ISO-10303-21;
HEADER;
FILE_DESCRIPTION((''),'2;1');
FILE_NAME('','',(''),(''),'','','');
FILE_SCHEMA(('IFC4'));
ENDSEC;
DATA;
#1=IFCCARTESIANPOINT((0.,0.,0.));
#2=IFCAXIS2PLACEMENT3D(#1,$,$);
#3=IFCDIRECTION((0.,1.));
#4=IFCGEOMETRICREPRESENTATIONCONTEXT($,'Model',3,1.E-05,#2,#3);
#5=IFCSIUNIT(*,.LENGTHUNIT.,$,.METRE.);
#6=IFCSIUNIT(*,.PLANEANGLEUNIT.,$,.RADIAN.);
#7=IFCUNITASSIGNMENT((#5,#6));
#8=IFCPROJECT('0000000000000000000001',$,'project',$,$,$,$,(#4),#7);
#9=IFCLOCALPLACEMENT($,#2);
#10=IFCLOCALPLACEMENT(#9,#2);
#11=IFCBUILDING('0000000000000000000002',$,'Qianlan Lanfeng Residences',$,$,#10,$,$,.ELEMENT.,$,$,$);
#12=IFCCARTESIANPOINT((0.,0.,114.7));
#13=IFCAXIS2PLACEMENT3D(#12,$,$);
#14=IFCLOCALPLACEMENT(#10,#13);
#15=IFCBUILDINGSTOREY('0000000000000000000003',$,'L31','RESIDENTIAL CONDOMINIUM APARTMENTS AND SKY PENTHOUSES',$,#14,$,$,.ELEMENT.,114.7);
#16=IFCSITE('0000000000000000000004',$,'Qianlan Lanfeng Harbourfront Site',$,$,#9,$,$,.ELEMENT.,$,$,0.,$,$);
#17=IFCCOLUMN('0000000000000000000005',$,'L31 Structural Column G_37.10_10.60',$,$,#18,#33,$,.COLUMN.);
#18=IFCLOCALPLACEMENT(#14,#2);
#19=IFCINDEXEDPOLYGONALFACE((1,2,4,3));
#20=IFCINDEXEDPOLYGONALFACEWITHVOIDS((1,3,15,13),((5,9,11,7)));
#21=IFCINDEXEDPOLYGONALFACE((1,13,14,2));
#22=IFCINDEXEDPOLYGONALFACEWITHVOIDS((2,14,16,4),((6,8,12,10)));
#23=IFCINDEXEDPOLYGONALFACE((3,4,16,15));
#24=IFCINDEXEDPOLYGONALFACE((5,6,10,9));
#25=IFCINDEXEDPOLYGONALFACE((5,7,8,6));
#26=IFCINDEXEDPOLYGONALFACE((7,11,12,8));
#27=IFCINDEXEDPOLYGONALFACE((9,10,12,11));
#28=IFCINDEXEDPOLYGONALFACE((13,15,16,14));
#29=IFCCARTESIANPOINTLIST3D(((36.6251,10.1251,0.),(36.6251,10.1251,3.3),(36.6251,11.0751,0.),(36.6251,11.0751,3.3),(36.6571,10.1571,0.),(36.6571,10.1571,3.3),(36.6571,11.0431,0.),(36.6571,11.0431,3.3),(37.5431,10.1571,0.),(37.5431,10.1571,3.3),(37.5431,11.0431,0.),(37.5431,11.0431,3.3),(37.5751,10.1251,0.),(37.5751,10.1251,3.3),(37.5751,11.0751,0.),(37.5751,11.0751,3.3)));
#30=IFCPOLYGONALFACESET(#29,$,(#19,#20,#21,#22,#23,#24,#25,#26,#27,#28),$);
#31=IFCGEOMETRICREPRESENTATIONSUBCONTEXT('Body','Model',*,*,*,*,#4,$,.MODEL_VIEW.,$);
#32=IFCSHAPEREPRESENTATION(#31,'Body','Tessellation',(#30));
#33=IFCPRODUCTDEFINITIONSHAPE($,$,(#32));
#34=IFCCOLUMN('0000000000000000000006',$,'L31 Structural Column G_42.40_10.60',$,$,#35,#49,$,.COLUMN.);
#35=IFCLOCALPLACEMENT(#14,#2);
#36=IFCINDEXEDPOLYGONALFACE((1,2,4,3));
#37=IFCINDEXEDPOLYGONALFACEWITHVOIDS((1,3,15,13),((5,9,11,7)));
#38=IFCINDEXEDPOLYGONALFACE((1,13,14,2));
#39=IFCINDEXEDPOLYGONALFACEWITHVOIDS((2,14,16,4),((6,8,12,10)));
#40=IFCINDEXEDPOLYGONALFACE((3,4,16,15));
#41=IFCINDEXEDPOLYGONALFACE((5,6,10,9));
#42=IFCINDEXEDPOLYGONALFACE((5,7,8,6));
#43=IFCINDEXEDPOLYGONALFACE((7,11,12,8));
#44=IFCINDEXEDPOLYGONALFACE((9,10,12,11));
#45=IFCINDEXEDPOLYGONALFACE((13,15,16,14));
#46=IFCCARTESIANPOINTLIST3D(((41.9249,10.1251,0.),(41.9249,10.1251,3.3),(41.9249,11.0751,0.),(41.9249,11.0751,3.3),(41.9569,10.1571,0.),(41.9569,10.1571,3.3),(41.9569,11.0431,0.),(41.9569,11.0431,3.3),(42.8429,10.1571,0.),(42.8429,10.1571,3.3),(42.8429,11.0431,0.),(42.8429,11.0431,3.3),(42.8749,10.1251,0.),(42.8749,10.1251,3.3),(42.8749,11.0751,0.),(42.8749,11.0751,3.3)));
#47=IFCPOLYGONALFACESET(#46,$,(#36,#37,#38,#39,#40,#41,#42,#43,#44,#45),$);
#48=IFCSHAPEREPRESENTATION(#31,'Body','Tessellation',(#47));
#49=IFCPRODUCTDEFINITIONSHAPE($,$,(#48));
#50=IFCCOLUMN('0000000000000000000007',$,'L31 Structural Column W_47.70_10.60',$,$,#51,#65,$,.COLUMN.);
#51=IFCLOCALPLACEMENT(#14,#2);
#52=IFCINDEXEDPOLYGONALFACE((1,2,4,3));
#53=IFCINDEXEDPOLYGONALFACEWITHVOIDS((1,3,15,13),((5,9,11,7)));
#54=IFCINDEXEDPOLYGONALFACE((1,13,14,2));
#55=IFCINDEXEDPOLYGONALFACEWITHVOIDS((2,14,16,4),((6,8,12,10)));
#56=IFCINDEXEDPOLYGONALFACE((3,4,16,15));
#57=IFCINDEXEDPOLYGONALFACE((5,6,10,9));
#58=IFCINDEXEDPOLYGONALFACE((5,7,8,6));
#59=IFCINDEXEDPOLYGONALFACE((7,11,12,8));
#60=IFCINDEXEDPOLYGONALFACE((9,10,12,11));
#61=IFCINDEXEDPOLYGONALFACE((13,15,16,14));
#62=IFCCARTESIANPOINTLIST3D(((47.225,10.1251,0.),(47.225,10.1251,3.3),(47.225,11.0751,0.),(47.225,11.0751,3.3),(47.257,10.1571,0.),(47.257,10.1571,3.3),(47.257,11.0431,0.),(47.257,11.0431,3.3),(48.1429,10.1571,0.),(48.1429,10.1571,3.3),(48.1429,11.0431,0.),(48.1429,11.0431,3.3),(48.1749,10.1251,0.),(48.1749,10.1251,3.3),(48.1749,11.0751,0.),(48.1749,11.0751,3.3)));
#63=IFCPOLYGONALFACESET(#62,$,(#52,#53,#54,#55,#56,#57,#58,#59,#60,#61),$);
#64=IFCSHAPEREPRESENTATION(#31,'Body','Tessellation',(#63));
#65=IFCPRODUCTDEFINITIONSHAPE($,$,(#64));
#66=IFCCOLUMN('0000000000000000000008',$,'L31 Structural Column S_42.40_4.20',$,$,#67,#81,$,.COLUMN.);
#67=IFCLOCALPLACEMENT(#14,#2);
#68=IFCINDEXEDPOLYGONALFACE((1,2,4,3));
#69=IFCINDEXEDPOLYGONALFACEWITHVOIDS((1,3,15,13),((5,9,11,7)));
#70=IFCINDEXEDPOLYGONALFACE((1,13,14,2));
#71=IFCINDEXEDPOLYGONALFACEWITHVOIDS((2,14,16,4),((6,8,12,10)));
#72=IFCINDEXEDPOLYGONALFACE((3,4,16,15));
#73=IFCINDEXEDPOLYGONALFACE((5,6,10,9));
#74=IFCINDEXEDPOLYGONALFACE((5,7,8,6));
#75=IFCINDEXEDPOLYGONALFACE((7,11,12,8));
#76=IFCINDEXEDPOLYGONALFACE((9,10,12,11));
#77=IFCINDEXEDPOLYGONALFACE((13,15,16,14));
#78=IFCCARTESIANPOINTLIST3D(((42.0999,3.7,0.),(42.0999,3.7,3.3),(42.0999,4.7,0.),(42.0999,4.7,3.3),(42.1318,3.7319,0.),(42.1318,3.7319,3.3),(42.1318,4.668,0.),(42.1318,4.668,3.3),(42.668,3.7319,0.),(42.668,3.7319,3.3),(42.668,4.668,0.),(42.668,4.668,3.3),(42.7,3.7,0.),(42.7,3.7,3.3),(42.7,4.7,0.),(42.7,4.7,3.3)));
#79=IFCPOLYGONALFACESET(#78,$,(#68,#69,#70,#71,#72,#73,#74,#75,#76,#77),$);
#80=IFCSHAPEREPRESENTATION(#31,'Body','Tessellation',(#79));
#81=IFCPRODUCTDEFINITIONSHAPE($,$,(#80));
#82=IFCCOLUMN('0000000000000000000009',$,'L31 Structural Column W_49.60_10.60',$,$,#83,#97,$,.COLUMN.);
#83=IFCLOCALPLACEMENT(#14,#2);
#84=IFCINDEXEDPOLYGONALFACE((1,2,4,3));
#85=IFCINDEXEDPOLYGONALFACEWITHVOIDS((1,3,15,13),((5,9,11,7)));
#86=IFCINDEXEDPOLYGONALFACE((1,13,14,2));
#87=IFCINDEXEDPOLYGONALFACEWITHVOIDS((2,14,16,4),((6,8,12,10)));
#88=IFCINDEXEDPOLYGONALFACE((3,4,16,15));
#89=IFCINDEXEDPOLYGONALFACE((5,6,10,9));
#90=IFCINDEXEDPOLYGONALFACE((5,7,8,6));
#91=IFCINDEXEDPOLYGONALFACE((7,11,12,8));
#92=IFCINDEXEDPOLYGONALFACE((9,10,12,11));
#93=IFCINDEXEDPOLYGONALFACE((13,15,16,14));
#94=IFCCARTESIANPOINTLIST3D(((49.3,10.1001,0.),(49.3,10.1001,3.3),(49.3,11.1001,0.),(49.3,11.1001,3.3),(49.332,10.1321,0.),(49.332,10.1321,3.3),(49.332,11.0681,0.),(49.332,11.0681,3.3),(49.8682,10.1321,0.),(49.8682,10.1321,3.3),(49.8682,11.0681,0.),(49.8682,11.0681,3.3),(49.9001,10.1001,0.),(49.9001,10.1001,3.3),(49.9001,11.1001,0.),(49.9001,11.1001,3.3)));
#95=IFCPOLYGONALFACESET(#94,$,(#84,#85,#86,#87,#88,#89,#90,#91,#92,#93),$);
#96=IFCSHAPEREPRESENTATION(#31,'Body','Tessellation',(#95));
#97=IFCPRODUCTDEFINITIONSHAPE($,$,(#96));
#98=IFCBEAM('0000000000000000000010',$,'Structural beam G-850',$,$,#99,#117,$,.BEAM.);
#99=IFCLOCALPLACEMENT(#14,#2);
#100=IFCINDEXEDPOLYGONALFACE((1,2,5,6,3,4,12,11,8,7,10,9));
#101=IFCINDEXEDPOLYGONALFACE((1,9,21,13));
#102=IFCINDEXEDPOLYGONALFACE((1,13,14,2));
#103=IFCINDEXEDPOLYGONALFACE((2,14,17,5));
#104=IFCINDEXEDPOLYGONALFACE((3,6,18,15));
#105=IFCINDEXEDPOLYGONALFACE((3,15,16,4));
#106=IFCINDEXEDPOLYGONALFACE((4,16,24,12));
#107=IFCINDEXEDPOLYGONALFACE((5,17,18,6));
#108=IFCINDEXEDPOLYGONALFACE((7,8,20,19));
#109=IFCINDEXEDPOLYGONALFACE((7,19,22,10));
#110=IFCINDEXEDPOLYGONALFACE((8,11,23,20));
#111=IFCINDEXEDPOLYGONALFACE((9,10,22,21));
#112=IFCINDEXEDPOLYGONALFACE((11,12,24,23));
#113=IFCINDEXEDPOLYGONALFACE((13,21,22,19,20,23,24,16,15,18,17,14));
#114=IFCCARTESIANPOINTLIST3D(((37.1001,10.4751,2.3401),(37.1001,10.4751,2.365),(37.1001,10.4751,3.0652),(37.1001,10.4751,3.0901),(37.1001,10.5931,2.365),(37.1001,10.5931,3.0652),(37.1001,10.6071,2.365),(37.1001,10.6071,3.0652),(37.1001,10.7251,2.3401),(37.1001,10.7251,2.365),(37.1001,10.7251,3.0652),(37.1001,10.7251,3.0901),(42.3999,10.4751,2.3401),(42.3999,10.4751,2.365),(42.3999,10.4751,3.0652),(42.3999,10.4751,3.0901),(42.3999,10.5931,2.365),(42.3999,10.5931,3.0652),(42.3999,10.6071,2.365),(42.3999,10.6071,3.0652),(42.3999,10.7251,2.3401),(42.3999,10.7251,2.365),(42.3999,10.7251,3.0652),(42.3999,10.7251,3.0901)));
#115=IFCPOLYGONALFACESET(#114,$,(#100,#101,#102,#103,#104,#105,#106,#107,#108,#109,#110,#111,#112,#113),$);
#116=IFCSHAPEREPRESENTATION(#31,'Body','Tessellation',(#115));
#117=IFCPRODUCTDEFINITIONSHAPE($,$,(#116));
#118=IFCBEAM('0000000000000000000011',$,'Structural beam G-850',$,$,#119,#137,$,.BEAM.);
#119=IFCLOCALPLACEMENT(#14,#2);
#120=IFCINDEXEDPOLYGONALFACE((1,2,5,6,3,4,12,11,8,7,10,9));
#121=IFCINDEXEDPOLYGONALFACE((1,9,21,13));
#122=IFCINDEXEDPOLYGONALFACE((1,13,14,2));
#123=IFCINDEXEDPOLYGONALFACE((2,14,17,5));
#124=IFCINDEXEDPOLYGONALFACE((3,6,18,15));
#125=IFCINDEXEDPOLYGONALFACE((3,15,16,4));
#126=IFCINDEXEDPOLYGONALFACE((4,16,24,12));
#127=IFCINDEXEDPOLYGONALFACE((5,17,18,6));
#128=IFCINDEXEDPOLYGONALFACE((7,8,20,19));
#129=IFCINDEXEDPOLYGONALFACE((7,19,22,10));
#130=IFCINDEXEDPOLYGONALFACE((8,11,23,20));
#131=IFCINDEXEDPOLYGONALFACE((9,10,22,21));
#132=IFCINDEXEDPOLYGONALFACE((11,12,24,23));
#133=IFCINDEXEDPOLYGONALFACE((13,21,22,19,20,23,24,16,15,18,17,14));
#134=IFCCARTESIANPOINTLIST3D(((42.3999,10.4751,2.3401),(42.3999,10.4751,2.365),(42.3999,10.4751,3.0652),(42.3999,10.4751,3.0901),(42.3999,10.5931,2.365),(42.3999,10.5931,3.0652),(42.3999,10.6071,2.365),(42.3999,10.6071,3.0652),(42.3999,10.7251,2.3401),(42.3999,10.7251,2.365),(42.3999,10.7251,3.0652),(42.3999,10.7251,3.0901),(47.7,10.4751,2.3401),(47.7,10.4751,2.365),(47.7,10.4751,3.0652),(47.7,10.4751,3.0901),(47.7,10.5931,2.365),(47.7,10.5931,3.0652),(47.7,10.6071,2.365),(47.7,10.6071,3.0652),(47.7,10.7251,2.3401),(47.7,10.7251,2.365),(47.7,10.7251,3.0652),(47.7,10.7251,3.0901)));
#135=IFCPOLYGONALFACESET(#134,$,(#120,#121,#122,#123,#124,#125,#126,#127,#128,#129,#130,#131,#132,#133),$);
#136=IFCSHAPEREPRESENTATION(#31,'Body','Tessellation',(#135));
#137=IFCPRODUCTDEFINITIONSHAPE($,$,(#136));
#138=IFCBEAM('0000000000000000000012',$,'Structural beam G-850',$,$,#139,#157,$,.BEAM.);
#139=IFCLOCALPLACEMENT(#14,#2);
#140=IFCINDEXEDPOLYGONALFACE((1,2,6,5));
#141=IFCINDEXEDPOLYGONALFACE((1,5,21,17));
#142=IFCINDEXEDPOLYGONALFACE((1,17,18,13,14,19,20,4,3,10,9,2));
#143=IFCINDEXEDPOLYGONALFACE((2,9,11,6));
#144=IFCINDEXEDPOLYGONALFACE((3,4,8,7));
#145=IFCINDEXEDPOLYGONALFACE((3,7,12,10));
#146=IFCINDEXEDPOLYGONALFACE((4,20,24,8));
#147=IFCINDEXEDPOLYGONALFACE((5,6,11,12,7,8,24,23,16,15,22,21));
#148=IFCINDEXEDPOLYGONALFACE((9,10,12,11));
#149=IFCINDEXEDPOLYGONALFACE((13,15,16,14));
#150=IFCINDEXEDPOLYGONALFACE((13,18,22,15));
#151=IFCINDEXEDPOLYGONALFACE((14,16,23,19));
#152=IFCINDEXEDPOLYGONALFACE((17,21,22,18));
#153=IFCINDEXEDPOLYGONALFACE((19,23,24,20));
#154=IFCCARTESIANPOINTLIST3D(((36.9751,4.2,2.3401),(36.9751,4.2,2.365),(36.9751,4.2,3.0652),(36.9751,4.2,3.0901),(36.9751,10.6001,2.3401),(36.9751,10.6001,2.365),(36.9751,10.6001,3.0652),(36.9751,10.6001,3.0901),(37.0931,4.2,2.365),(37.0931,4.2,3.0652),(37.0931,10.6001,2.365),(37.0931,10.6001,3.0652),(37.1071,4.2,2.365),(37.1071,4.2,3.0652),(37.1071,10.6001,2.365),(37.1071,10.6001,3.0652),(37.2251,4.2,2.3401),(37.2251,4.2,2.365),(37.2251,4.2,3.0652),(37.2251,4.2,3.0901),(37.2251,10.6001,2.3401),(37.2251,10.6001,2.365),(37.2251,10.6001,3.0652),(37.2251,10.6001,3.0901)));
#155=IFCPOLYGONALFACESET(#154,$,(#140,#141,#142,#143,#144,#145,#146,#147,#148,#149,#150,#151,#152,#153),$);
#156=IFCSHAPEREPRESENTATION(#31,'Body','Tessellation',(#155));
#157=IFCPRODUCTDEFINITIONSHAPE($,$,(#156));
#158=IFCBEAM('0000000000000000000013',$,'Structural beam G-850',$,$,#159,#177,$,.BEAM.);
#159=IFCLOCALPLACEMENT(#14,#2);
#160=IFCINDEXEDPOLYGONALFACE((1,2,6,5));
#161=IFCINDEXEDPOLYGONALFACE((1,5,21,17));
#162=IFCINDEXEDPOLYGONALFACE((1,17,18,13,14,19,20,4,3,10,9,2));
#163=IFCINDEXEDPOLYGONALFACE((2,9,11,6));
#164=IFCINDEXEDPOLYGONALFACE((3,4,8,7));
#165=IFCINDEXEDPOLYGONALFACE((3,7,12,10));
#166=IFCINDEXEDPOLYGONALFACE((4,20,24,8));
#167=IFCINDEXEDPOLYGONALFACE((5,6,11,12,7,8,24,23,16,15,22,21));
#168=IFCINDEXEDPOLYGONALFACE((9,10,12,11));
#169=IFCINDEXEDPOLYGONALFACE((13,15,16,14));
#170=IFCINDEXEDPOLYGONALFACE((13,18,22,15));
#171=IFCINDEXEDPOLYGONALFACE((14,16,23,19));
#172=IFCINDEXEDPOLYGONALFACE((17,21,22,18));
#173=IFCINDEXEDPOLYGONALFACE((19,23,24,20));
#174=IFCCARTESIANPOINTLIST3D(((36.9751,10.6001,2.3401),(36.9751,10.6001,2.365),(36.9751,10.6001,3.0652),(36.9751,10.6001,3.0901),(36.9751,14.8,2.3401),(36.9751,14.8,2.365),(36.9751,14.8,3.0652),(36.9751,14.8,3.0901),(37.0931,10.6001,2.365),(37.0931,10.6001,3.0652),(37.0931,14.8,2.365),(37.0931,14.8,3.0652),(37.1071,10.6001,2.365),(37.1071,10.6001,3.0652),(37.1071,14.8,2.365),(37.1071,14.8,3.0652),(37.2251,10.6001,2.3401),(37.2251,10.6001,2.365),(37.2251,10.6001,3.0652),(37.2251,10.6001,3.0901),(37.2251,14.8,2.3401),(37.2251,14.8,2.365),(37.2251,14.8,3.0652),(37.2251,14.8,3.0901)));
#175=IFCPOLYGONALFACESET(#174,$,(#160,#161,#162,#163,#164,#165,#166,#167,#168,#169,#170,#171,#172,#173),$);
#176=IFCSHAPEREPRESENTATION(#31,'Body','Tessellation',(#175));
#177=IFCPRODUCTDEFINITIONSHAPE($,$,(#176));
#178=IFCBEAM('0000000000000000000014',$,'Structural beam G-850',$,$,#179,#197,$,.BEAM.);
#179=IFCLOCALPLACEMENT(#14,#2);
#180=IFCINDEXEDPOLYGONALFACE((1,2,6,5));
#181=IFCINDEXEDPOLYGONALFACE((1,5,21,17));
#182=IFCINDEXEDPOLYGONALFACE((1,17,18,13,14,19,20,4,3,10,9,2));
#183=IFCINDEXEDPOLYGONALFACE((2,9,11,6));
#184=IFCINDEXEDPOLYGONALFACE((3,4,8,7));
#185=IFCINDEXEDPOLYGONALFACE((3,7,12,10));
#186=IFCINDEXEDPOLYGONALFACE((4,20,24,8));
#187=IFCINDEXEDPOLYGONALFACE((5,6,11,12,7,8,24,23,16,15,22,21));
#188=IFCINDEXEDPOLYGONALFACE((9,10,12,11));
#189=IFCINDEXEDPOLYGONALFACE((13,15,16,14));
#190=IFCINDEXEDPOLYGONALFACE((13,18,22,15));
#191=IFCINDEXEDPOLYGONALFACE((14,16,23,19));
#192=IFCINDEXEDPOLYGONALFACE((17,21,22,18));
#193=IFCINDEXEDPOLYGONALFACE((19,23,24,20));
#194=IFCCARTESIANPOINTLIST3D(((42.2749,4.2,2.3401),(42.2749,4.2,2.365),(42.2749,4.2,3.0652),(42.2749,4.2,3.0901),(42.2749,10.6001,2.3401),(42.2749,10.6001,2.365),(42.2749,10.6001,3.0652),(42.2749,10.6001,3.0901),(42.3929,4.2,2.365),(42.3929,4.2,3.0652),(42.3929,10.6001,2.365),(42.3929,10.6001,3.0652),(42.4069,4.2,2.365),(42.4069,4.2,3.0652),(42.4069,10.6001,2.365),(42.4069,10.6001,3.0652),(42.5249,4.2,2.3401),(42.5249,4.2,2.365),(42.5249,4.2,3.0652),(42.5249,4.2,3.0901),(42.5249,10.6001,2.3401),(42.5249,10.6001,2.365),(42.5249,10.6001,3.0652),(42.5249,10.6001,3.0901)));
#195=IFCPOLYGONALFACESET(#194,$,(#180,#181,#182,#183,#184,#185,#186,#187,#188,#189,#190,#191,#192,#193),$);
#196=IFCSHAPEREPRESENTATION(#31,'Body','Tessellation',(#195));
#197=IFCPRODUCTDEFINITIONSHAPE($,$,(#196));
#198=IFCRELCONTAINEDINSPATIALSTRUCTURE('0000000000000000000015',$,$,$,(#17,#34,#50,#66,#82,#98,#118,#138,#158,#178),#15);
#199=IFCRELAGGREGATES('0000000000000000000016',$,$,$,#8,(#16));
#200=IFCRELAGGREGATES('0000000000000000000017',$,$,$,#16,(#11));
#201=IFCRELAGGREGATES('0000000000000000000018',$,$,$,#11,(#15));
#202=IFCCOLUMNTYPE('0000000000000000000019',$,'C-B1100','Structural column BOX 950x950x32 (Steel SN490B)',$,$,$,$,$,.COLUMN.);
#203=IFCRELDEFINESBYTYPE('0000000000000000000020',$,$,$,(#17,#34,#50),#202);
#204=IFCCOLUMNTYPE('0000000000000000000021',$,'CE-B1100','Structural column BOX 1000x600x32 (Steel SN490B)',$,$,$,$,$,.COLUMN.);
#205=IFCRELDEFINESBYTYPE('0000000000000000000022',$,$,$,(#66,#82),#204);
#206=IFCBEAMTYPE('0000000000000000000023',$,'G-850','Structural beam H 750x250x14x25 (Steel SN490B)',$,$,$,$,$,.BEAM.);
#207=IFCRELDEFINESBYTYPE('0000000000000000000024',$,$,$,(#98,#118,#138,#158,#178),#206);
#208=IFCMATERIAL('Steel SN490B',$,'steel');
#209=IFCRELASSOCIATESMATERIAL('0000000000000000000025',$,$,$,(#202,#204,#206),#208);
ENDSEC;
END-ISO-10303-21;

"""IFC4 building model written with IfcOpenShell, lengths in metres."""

from ifc_helpers import new_model, si_unit, direction, frame, origin, origin_2d, place, context, subcontext, project, spatial, hollow_rectangle, i_section, extrude, material, material_profile, profile_set, type_object, element, save


model = new_model("IFC4")

# Units and contexts
model_context = context("Model", 3, precision=1e-05, world=origin(), true_north=direction((0.0, 1.0)))
body_context = subcontext(model_context, "Body", "Model", "MODEL_VIEW")
ifc_project = project(units=[si_unit("LENGTHUNIT", "METRE"), si_unit("PLANEANGLEUNIT", "RADIAN")], contexts=[model_context])

# Site, building, storey
site_placement = place(None, origin())
site = spatial("IfcSite", under=ifc_project, at=site_placement, Name="Qianlan Lanfeng Harbourfront Site", CompositionType="ELEMENT", RefElevation=0.0)
building_placement = place(site_placement, origin())
building = spatial("IfcBuilding", under=site, at=building_placement, Name="Qianlan Lanfeng Residences", CompositionType="ELEMENT")
storey_placement = place(building_placement, frame((0.0, 0.0, 114.7)))
storey = spatial("IfcBuildingStorey", under=building, at=storey_placement, Name="L31", Description="RESIDENTIAL CONDOMINIUM APARTMENTS AND SKY PENTHOUSES", CompositionType="ELEMENT", Elevation=114.7)

# Columns
ifc_material_1 = material(Name="Steel SN490B", Category="steel")
ifc_material_profile_1 = material_profile(ifc_material_1, hollow_rectangle(XDim=0.95, YDim=0.95, WallThickness=0.032, at=origin_2d()), Name="BOX 950x950x32")
ifc_profile_set_1 = profile_set([ifc_material_profile_1], Name="Steel SN490B")
column_type_1 = type_object("IfcColumnType", Name="C-B1100", Description="Structural column BOX 950x950x32 (Steel SN490B)", PredefinedType="COLUMN", material=ifc_profile_set_1)
for number, where, z_axis, x_axis, name in (
    (1, (37.1001, 10.6001, 0.0), (0.0, 0.0, 1.0), (1.0, 0.0, 0.0), "L31 Structural Column G_37.10_10.60"),
    (2, (42.3999, 10.6001, 0.0), (0.0, 0.0, 1.0), (1.0, 0.0, 0.0), "L31 Structural Column G_42.40_10.60"),
    (3, (47.7, 10.6001, 0.0), (0.0, 0.0, 1.0), (1.0, 0.0, 0.0), "L31 Structural Column W_47.70_10.60"),
):
    element("IfcColumn", number, at=place(storey_placement, frame(where, z_axis=z_axis, x_axis=x_axis)), inside=storey, type_object=column_type_1, Name=name, PredefinedType="COLUMN", context=body_context, shape_type="SweptSolid", body=[
        extrude(hollow_rectangle(XDim=0.95, YDim=0.95, WallThickness=0.032, at=origin_2d()), origin(), (0.0, 0.0, 1.0), 3.3),
    ])
ifc_material_profile_2 = material_profile(ifc_material_1, hollow_rectangle(XDim=0.6001, YDim=1.0, WallThickness=0.032, at=origin_2d()), Name="BOX 1000x600x32")
ifc_profile_set_2 = profile_set([ifc_material_profile_2], Name="Steel SN490B")
column_type_2 = type_object("IfcColumnType", Name="CE-B1100", Description="Structural column BOX 1000x600x32 (Steel SN490B)", PredefinedType="COLUMN", material=ifc_profile_set_2)
for number, where, z_axis, x_axis, name in (
    (4, (42.3999, 4.2, 0.0), (0.0, 0.0, 1.0), (1.0, 0.0, 0.0), "L31 Structural Column S_42.40_4.20"),
    (5, (49.6001, 10.6001, 0.0), (0.0, 0.0, 1.0), (1.0, 0.0, 0.0), "L31 Structural Column W_49.60_10.60"),
):
    element("IfcColumn", number, at=place(storey_placement, frame(where, z_axis=z_axis, x_axis=x_axis)), inside=storey, type_object=column_type_2, Name=name, PredefinedType="COLUMN", context=body_context, shape_type="SweptSolid", body=[
        extrude(hollow_rectangle(XDim=0.6001, YDim=1.0, WallThickness=0.032, at=origin_2d()), origin(), (0.0, 0.0, 1.0), 3.3),
    ])

# Beams
ifc_material_profile_3 = material_profile(ifc_material_1, i_section(OverallWidth=0.25, OverallDepth=0.75, WebThickness=0.0139, FlangeThickness=0.0249, at=origin_2d()), Name="H 750x250x14x25")
ifc_profile_set_3 = profile_set([ifc_material_profile_3], Name="Steel SN490B")
beam_type_1 = type_object("IfcBeamType", Name="G-850", Description="Structural beam H 750x250x14x25 (Steel SN490B)", PredefinedType="BEAM", material=ifc_profile_set_3)
beam_1_placement = place(storey_placement, frame((37.1001, 10.6001, 2.7151), z_axis=(1.0, 0.0, 0.0), x_axis=(0.0, 1.0, 0.0)))
element("IfcBeam", 6, at=beam_1_placement, inside=storey, type_object=beam_type_1, Name="Structural beam G-850", PredefinedType="BEAM", context=body_context, shape_type="SweptSolid", body=[
    extrude(i_section(OverallWidth=0.25, OverallDepth=0.75, WebThickness=0.0139, FlangeThickness=0.0249, at=origin_2d()), origin(), (0.0, 0.0, 1.0), 5.2998),
])
beam_2_placement = place(storey_placement, frame((42.3999, 10.6001, 2.7151), z_axis=(1.0, 0.0, 0.0), x_axis=(0.0, 1.0, 0.0)))
element("IfcBeam", 7, at=beam_2_placement, inside=storey, type_object=beam_type_1, Name="Structural beam G-850", PredefinedType="BEAM", context=body_context, shape_type="SweptSolid", body=[
    extrude(i_section(OverallWidth=0.25, OverallDepth=0.75, WebThickness=0.0139, FlangeThickness=0.0249, at=origin_2d()), origin(), (0.0, 0.0, 1.0), 5.3),
])
beam_3_placement = place(storey_placement, frame((37.1001, 4.2, 2.7151), z_axis=(0.0, 1.0, 0.0), x_axis=(-1.0, 0.0, 0.0)))
element("IfcBeam", 8, at=beam_3_placement, inside=storey, type_object=beam_type_1, Name="Structural beam G-850", PredefinedType="BEAM", context=body_context, shape_type="SweptSolid", body=[
    extrude(i_section(OverallWidth=0.25, OverallDepth=0.75, WebThickness=0.0139, FlangeThickness=0.0249, at=origin_2d()), origin(), (0.0, 0.0, 1.0), 6.4001),
])
beam_4_placement = place(storey_placement, frame((37.1001, 10.6001, 2.7151), z_axis=(0.0, 1.0, 0.0), x_axis=(-1.0, 0.0, 0.0)))
element("IfcBeam", 9, at=beam_4_placement, inside=storey, type_object=beam_type_1, Name="Structural beam G-850", PredefinedType="BEAM", context=body_context, shape_type="SweptSolid", body=[
    extrude(i_section(OverallWidth=0.25, OverallDepth=0.75, WebThickness=0.0139, FlangeThickness=0.0249, at=origin_2d()), origin(), (0.0, 0.0, 1.0), 4.2),
])
beam_5_placement = place(storey_placement, frame((42.3999, 4.2, 2.7151), z_axis=(0.0, 1.0, 0.0), x_axis=(-1.0, 0.0, 0.0)))
element("IfcBeam", 10, at=beam_5_placement, inside=storey, type_object=beam_type_1, Name="Structural beam G-850", PredefinedType="BEAM", context=body_context, shape_type="SweptSolid", body=[
    extrude(i_section(OverallWidth=0.25, OverallDepth=0.75, WebThickness=0.0139, FlangeThickness=0.0249, at=origin_2d()), origin(), (0.0, 0.0, 1.0), 6.4001),
])

save(model, "model.ifc")
